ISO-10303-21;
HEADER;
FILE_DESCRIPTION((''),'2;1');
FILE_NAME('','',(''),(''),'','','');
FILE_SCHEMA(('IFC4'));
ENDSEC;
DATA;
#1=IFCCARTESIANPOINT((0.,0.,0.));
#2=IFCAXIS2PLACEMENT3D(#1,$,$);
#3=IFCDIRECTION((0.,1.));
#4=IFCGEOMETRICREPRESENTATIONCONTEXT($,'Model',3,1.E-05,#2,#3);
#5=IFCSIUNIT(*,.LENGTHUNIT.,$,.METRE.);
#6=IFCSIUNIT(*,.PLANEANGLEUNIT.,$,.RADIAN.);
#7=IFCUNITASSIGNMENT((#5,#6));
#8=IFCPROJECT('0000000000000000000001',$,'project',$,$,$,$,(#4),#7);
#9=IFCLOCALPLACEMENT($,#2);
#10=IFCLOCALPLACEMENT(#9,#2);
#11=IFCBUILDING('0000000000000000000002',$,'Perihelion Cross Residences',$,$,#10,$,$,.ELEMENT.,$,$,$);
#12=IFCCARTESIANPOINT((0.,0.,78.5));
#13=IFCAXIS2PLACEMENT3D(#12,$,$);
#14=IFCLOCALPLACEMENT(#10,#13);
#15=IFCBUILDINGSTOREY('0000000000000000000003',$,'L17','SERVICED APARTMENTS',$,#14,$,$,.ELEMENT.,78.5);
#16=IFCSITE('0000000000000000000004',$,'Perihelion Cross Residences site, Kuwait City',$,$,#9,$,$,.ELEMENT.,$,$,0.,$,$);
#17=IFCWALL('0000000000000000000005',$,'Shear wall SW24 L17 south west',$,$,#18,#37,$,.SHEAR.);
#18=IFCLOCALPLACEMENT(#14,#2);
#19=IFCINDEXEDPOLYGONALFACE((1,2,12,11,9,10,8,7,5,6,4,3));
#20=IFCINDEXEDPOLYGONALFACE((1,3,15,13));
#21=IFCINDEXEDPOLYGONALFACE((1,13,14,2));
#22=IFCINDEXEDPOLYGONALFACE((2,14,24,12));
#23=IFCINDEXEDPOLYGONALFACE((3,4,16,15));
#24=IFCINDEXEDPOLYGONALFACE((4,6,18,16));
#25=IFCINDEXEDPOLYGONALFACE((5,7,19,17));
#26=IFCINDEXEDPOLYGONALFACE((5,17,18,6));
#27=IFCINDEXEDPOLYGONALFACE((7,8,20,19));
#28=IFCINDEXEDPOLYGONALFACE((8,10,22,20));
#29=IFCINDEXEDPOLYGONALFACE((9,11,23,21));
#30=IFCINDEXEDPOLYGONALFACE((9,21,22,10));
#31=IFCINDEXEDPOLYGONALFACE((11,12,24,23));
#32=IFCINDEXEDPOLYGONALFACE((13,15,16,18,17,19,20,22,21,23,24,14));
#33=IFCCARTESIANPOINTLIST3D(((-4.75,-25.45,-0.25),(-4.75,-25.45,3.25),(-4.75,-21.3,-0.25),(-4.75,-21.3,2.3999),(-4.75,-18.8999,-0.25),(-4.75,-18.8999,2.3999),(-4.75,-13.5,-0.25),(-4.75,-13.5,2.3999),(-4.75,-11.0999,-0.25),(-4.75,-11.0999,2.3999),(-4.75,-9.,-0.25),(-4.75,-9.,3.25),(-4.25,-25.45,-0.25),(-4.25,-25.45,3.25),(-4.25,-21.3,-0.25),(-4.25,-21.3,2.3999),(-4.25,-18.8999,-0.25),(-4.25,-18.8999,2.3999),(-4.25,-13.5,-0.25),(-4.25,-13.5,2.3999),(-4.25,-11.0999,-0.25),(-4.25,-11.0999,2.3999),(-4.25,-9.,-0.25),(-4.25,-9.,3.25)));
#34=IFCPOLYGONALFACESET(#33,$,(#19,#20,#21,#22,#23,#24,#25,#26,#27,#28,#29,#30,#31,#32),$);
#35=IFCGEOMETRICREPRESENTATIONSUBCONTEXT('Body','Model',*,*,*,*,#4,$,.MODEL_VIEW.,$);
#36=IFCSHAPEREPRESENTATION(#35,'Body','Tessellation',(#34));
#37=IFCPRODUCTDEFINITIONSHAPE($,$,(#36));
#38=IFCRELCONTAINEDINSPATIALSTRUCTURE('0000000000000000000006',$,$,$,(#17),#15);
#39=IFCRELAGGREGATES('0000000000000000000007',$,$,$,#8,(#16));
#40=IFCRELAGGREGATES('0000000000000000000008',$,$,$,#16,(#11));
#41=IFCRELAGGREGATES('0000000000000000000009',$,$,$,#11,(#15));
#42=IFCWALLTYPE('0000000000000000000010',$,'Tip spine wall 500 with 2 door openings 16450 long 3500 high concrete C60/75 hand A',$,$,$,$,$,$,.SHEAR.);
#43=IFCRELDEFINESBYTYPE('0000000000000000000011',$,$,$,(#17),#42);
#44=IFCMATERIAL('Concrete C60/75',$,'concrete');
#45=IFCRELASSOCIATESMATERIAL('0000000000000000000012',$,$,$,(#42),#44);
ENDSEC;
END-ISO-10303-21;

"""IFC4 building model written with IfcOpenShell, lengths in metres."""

from ifc_helpers import new_model, si_unit, direction, frame, origin, place, context, subcontext, project, spatial, polyline, outline, extrude, material, material_profile, profile_set, type_object, element, save


model = new_model("IFC4")

# Units and contexts
model_context = context("Model", 3, precision=1e-05, world=origin(), true_north=direction((0.0, 1.0)))
body_context = subcontext(model_context, "Body", "Model", "MODEL_VIEW")
ifc_project = project(units=[si_unit("LENGTHUNIT", "METRE"), si_unit("PLANEANGLEUNIT", "RADIAN")], contexts=[model_context])

# Site, building, storey
site_placement = place(None, origin())
site = spatial("IfcSite", under=ifc_project, at=site_placement, Name="Perihelion Cross Residences site, Kuwait City", CompositionType="ELEMENT", RefElevation=0.0)
building_placement = place(site_placement, origin())
building = spatial("IfcBuilding", under=site, at=building_placement, Name="Perihelion Cross Residences", CompositionType="ELEMENT")
storey_placement = place(building_placement, frame((0.0, 0.0, 78.5)))
storey = spatial("IfcBuildingStorey", under=building, at=storey_placement, Name="L17", Description="SERVICED APARTMENTS", CompositionType="ELEMENT", Elevation=78.5)

# Wall
ifc_material_1 = material(Name="Concrete C60/75", Category="concrete")
ifc_material_profile_1 = material_profile(ifc_material_1, outline(polyline([(0.0, 0.0), (4.1499, 0.0), (4.1499, 2.6499), (6.55, 2.6499), (6.55, 0.0), (11.95, 0.0), (11.95, 2.6499), (14.3501, 2.6499), (14.3501, 0.0), (16.45, 0.0), (16.45, 3.5), (0.0, 3.5), (0.0, 0.0)])), Name="Tip spine wall")
ifc_profile_set_1 = profile_set([ifc_material_profile_1], Name="Concrete C60/75")
wall_type_1 = type_object("IfcWallType", Name="Tip spine wall 500 with 2 door openings 16450 long 3500 high concrete C60/75 hand A", PredefinedType="SHEAR", material=ifc_profile_set_1)
wall_1_placement = place(storey_placement, frame((-4.75, -25.45, -0.25), z_axis=(1.0, 0.0, 0.0), x_axis=(0.0, 1.0, 0.0)))
element("IfcWall", 1, at=wall_1_placement, inside=storey, type_object=wall_type_1, Name="Shear wall SW24 L17 south west", PredefinedType="SHEAR", context=body_context, shape_type="SweptSolid", body=[
    extrude(outline(polyline([(0.0, 0.0), (4.1499, 0.0), (4.1499, 2.6499), (6.55, 2.6499), (6.55, 0.0), (11.95, 0.0), (11.95, 2.6499), (14.3501, 2.6499), (14.3501, 0.0), (16.45, 0.0), (16.45, 3.5), (0.0, 3.5), (0.0, 0.0)])), origin(), (0.0, 0.0, 1.0), 0.5),
])

save(model, "model.ifc")
